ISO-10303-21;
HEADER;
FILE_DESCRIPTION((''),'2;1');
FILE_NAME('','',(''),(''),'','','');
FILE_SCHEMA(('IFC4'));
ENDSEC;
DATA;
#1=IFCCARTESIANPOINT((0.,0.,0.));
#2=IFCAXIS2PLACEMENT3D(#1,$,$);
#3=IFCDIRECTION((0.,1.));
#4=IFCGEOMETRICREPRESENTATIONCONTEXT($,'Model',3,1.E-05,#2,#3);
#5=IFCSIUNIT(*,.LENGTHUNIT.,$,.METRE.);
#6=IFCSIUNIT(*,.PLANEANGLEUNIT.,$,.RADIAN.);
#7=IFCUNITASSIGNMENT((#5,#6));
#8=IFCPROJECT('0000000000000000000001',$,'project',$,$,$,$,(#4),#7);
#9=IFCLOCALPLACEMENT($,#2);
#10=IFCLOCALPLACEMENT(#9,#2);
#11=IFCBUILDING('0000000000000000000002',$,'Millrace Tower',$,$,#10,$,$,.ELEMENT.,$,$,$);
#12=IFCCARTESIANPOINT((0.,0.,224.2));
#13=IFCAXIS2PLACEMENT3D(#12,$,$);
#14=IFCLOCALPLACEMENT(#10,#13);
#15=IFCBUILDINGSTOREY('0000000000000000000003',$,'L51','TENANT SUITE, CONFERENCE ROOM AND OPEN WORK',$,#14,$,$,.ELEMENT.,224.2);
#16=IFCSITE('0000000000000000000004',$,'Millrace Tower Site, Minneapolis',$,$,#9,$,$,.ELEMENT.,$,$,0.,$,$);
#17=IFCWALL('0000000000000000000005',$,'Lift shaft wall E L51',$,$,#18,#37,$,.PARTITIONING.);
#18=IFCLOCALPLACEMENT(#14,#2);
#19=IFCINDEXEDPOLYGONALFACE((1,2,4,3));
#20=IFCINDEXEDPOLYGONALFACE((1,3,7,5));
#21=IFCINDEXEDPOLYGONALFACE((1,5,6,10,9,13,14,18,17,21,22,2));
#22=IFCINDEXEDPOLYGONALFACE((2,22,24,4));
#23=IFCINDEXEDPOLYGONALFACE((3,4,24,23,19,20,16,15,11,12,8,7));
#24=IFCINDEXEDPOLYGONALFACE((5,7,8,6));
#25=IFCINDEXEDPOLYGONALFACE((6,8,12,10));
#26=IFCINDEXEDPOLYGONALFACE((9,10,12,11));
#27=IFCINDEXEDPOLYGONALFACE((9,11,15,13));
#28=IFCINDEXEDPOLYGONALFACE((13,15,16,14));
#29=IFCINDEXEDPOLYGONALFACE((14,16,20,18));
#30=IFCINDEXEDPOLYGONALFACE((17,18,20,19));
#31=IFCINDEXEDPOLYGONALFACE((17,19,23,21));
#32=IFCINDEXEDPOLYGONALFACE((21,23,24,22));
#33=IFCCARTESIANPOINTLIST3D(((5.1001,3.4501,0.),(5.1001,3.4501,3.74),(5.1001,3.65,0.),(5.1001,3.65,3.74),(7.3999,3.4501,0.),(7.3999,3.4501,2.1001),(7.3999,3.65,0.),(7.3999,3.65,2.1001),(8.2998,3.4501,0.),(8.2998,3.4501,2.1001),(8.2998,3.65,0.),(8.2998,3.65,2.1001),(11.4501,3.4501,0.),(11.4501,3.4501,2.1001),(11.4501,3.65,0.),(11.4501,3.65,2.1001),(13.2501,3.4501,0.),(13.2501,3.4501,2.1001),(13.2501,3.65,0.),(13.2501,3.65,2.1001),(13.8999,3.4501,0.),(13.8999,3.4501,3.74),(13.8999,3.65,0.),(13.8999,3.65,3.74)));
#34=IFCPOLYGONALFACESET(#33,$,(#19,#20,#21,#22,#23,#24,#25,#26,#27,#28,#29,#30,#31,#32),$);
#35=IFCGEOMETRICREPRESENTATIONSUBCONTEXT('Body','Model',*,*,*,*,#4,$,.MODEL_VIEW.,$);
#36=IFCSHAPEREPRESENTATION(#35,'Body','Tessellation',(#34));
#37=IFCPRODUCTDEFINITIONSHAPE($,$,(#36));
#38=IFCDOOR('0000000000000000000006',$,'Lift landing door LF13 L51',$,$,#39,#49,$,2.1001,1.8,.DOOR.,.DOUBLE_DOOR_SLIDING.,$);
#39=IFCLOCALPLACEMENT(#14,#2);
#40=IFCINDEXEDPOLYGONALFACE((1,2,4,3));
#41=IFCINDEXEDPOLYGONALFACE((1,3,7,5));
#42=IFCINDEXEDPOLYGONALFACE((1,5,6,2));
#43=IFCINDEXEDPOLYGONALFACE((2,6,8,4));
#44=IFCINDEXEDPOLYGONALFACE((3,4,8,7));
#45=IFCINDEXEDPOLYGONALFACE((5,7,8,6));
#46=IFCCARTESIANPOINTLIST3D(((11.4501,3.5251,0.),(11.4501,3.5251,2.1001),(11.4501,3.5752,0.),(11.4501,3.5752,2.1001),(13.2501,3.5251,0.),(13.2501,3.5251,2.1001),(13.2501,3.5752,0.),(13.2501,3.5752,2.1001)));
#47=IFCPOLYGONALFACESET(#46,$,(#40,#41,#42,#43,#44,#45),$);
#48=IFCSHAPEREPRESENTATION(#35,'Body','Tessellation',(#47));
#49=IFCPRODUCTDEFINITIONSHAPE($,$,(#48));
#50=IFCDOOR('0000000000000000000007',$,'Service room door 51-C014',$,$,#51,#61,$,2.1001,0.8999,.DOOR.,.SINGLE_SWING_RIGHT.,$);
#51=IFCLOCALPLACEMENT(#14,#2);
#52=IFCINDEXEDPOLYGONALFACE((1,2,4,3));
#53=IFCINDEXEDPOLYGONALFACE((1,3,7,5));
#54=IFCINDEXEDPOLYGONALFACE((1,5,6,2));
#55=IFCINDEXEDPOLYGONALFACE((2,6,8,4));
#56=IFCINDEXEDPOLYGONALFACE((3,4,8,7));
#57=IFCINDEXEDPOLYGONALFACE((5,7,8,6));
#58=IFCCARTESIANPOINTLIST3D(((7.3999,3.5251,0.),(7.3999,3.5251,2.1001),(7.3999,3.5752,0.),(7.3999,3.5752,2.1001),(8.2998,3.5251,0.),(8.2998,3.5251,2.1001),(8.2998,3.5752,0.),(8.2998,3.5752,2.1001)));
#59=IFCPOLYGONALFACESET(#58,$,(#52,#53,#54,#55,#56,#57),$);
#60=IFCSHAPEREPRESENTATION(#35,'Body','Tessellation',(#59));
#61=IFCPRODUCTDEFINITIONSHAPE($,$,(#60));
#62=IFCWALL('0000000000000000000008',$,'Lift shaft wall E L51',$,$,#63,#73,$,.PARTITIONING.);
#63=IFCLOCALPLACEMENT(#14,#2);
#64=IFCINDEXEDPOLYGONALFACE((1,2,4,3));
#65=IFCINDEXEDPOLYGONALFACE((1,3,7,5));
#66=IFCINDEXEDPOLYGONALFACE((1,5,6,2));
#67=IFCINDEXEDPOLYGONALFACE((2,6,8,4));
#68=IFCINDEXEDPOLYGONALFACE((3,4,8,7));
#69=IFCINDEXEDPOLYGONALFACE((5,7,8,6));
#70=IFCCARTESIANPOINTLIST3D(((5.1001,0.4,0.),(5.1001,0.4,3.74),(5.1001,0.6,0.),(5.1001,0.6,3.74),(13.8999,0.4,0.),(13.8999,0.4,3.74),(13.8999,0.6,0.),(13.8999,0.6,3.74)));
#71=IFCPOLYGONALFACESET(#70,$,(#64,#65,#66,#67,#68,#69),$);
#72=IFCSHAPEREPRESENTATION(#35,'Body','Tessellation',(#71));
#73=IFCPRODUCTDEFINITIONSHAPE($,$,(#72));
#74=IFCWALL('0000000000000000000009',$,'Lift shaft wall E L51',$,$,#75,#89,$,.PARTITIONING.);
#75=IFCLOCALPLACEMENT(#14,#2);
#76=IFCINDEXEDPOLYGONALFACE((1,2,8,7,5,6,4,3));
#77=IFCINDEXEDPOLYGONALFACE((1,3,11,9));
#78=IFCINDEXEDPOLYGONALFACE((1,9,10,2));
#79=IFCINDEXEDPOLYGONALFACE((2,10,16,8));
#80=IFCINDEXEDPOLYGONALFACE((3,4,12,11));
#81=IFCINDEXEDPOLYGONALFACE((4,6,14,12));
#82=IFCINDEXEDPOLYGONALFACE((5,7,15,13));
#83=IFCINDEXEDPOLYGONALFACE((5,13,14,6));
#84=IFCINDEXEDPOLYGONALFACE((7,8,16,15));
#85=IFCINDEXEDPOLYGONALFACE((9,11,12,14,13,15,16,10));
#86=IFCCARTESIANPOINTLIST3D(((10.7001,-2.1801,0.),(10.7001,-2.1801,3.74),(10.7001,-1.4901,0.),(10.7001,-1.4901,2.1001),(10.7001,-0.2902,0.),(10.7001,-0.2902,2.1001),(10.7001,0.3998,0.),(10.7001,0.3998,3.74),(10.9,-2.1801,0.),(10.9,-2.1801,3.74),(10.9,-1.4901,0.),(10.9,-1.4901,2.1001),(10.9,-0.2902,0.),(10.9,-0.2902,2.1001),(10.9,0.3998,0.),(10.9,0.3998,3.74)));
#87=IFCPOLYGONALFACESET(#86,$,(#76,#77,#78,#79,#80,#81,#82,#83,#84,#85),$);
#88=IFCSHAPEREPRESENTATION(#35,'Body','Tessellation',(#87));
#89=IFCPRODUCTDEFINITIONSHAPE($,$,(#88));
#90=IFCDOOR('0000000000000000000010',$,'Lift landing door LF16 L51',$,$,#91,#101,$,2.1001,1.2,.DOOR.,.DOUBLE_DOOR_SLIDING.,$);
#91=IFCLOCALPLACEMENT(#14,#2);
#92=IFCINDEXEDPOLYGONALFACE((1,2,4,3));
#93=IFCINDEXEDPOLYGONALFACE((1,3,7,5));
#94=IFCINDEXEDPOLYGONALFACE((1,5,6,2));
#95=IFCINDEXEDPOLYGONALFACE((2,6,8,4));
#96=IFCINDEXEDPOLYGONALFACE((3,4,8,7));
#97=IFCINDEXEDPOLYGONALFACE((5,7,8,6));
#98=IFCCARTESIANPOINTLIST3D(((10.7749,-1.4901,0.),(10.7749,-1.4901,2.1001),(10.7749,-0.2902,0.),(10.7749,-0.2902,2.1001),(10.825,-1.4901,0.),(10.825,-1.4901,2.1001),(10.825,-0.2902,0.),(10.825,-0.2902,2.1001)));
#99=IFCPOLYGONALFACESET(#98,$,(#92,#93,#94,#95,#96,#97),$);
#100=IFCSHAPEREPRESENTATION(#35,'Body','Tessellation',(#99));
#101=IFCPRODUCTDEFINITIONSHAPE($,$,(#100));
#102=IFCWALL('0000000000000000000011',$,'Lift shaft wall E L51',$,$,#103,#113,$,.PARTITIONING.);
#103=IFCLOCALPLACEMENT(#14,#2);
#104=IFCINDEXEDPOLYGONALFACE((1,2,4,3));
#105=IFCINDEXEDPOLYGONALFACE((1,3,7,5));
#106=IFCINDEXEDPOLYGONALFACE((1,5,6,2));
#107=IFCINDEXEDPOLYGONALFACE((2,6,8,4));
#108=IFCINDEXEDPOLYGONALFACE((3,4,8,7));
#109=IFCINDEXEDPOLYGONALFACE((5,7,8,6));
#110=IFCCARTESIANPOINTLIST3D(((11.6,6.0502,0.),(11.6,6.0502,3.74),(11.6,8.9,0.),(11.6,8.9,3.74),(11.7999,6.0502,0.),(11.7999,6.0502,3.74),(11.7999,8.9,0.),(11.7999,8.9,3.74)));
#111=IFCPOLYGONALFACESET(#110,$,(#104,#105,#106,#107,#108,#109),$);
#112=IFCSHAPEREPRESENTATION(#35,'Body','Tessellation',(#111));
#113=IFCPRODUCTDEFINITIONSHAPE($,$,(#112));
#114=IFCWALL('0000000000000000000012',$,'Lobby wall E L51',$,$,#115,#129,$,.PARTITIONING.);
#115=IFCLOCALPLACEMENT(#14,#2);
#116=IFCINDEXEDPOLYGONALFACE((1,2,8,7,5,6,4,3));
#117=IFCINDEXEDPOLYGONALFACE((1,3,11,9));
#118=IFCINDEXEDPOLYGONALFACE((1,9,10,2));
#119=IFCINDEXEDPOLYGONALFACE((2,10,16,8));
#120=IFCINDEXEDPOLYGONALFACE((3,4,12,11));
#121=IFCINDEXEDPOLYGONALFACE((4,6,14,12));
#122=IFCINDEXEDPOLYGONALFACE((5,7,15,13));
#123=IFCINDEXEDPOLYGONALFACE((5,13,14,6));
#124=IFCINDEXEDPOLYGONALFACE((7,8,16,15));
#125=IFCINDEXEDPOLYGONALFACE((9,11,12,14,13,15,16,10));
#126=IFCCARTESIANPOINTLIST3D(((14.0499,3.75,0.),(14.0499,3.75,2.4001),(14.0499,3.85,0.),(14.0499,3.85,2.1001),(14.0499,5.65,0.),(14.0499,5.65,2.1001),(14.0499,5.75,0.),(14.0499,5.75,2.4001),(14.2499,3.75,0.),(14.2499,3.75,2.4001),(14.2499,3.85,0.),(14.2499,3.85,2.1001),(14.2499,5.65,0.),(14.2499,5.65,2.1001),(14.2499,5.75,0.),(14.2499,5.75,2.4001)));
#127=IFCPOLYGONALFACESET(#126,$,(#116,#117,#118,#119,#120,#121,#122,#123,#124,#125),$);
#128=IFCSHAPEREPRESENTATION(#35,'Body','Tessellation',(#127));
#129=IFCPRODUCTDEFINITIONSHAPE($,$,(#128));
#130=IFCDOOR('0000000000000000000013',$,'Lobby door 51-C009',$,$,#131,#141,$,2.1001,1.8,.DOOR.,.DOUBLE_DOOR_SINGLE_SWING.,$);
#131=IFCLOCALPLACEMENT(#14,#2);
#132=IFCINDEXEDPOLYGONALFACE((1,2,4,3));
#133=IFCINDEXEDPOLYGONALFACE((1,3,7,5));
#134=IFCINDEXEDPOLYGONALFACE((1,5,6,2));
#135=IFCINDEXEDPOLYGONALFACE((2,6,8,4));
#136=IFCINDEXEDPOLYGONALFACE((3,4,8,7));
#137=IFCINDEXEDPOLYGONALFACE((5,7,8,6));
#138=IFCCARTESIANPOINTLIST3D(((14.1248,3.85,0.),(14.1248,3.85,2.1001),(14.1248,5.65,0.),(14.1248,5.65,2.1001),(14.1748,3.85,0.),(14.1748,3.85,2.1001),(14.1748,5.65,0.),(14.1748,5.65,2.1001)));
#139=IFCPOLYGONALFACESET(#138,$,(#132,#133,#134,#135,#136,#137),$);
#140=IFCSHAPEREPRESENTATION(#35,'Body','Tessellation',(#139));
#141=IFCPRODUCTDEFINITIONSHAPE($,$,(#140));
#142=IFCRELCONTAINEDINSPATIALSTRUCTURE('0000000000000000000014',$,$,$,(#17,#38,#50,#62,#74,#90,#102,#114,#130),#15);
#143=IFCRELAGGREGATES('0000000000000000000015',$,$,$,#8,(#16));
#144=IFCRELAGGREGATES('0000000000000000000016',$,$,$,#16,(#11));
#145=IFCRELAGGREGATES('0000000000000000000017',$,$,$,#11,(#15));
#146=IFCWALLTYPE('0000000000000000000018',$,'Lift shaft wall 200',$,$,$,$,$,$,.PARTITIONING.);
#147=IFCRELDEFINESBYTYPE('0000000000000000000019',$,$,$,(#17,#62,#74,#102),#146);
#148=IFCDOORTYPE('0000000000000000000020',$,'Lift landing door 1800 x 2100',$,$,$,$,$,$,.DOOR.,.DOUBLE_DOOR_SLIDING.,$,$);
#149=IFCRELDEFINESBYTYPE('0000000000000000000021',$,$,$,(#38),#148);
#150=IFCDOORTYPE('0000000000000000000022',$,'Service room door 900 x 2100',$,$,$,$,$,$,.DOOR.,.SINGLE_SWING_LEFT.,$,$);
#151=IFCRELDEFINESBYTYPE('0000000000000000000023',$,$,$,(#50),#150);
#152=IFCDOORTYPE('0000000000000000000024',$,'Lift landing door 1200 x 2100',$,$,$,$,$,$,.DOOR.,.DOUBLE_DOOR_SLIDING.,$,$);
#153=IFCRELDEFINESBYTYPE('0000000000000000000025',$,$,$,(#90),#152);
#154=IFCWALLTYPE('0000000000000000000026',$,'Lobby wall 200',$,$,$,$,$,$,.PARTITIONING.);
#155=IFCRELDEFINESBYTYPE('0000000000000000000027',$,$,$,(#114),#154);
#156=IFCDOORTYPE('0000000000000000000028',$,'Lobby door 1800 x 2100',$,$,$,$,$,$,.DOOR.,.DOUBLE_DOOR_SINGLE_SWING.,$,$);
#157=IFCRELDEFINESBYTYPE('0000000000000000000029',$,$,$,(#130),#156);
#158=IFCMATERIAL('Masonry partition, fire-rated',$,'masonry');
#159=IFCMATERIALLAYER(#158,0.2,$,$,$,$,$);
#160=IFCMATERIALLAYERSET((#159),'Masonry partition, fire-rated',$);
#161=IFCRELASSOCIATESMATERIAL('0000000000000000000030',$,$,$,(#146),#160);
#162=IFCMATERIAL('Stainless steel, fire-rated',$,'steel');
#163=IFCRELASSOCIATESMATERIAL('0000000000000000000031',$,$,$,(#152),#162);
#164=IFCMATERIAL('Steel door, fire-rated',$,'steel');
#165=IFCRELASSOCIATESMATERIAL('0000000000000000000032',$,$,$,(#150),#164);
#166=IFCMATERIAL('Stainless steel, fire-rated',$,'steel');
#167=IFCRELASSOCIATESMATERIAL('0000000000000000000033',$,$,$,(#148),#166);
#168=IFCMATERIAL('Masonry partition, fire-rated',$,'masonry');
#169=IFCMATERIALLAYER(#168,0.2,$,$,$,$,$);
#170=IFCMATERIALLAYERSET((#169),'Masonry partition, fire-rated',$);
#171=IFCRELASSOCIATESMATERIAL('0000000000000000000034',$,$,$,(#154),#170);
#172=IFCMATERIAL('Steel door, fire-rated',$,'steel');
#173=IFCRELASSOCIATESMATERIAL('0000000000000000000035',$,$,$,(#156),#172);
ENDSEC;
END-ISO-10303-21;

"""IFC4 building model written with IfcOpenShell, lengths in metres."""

from ifc_helpers import new_model, si_unit, direction, frame, frame_2d, origin, place, context, subcontext, project, spatial, rectangle, extrude, material, layer, layer_set, type_object, element, fill, save


model = new_model("IFC4")

# Units and contexts
model_context = context("Model", 3, precision=1e-05, world=origin(), true_north=direction((0.0, 1.0)))
body_context = subcontext(model_context, "Body", "Model", "MODEL_VIEW")
ifc_project = project(units=[si_unit("LENGTHUNIT", "METRE"), si_unit("PLANEANGLEUNIT", "RADIAN")], contexts=[model_context])

# Site, building, storey
site_placement = place(None, origin())
site = spatial("IfcSite", under=ifc_project, at=site_placement, Name="Millrace Tower Site, Minneapolis", CompositionType="ELEMENT", RefElevation=0.0)
building_placement = place(site_placement, origin())
building = spatial("IfcBuilding", under=site, at=building_placement, Name="Millrace Tower", CompositionType="ELEMENT")
storey_placement = place(building_placement, frame((0.0, 0.0, 224.2)))
storey = spatial("IfcBuildingStorey", under=building, at=storey_placement, Name="L51", Description="TENANT SUITE, CONFERENCE ROOM AND OPEN WORK", CompositionType="ELEMENT", Elevation=224.2)

# Wall, openings, doors
ifc_material_1 = material(Name="Masonry partition, fire-rated", Category="masonry")
ifc_layer_1 = layer(ifc_material_1, 0.2)
ifc_layer_set_1 = layer_set([ifc_layer_1], Name="Masonry partition, fire-rated")
wall_type_1 = type_object("IfcWallType", Name="Lift shaft wall 200", PredefinedType="PARTITIONING", material=ifc_layer_set_1)
ifc_material_2 = material(Name="Stainless steel, fire-rated", Category="steel")
door_type_1 = type_object("IfcDoorType", Name="Lift landing door 1200 x 2100", OperationType="DOUBLE_DOOR_SLIDING", PredefinedType="DOOR", material=ifc_material_2)
ifc_material_3 = material(Name="Steel door, fire-rated", Category="steel")
door_type_2 = type_object("IfcDoorType", Name="Service room door 900 x 2100", OperationType="SINGLE_SWING_LEFT", PredefinedType="DOOR", material=ifc_material_3)
wall_1_placement = place(storey_placement, frame((13.8999, 3.55, 0.0), z_axis=(0.0, 0.0, 1.0), x_axis=(-1.0, 0.0, 0.0)))
wall_1 = element("IfcWall", 1, at=wall_1_placement, inside=storey, type_object=wall_type_1, Name="Lift shaft wall E L51", PredefinedType="PARTITIONING", context=body_context, shape_type="SweptSolid", body=[
    extrude(rectangle(XDim=8.7998, YDim=0.2, at=frame_2d((4.3999, 0.0))), origin(), (0.0, 0.0, 1.0), 3.74),
])
opening_1_placement = place(wall_1_placement, frame((0.6499, 0.0, 0.0)))
opening_1 = element("IfcOpeningElement", 2, at=opening_1_placement, cuts=wall_1, PredefinedType="OPENING", context=body_context, shape_type="SweptSolid", body=[
    extrude(rectangle(XDim=1.8, YDim=2.1001, at=frame_2d((0.8999, 1.05))), frame((0.0, 0.1099, 0.0), z_axis=(0.0, -1.0, 0.0), x_axis=(1.0, 0.0, 0.0)), (0.0, 0.0, 1.0), 0.22),
])
opening_2_placement = place(wall_1_placement, frame((5.6001, 0.0, 0.0)))
opening_2 = element("IfcOpeningElement", 3, at=opening_2_placement, cuts=wall_1, PredefinedType="OPENING", context=body_context, shape_type="SweptSolid", body=[
    extrude(rectangle(XDim=0.8999, YDim=2.1001, at=frame_2d((0.45, 1.05))), frame((0.0, 0.1099, 0.0), z_axis=(0.0, -1.0, 0.0), x_axis=(1.0, 0.0, 0.0)), (0.0, 0.0, 1.0), 0.22),
])
ifc_material_4 = material(Name="Stainless steel, fire-rated", Category="steel")
door_type_3 = type_object("IfcDoorType", Name="Lift landing door 1800 x 2100", OperationType="DOUBLE_DOOR_SLIDING", PredefinedType="DOOR", material=ifc_material_4)
door_1_placement = place(opening_1_placement, origin())
door_1 = element("IfcDoor", 4, at=door_1_placement, inside=storey, type_object=door_type_3, Name="Lift landing door LF13 L51", OperationType="DOUBLE_DOOR_SLIDING", OverallHeight=2.1001, OverallWidth=1.8, PredefinedType="DOOR", context=body_context, shape_type="SweptSolid", body=[
    extrude(rectangle(XDim=1.8, YDim=2.1001, at=frame_2d((0.8999, 1.05))), frame((0.0, 0.0249, 0.0), z_axis=(0.0, -1.0, 0.0), x_axis=(1.0, 0.0, 0.0)), (0.0, 0.0, 1.0), 0.05),
])
fill(opening_1, door_1)
door_2_placement = place(opening_2_placement, origin())
door_2 = element("IfcDoor", 5, at=door_2_placement, inside=storey, type_object=door_type_2, Name="Service room door 51-C014", OperationType="SINGLE_SWING_RIGHT", OverallHeight=2.1001, OverallWidth=0.8999, PredefinedType="DOOR", context=body_context, shape_type="SweptSolid", body=[
    extrude(rectangle(XDim=0.8999, YDim=2.1001, at=frame_2d((0.45, 1.05))), frame((0.0, 0.0249, 0.0), z_axis=(0.0, -1.0, 0.0), x_axis=(1.0, 0.0, 0.0)), (0.0, 0.0, 1.0), 0.05),
])
fill(opening_2, door_2)

# Wall
wall_2_placement = place(storey_placement, frame((13.8999, 0.5, 0.0), z_axis=(0.0, 0.0, 1.0), x_axis=(-1.0, 0.0, 0.0)))
element("IfcWall", 6, at=wall_2_placement, inside=storey, type_object=wall_type_1, Name="Lift shaft wall E L51", PredefinedType="PARTITIONING", context=body_context, shape_type="SweptSolid", body=[
    extrude(rectangle(XDim=8.7998, YDim=0.2, at=frame_2d((4.3999, 0.0))), origin(), (0.0, 0.0, 1.0), 3.74),
])

# Wall, opening, door
wall_3_placement = place(storey_placement, frame((10.8, 0.3999, 0.0), z_axis=(0.0, 0.0, 1.0), x_axis=(0.0, -1.0, 0.0)))
wall_3 = element("IfcWall", 7, at=wall_3_placement, inside=storey, type_object=wall_type_1, Name="Lift shaft wall E L51", PredefinedType="PARTITIONING", context=body_context, shape_type="SweptSolid", body=[
    extrude(rectangle(XDim=2.5798, YDim=0.2, at=frame_2d((1.29, 0.0))), origin(), (0.0, 0.0, 1.0), 3.74),
])
opening_3_placement = place(wall_3_placement, frame((0.6899, 0.0, 0.0)))
opening_3 = element("IfcOpeningElement", 8, at=opening_3_placement, cuts=wall_3, PredefinedType="OPENING", context=body_context, shape_type="SweptSolid", body=[
    extrude(rectangle(XDim=1.2, YDim=2.1001, at=frame_2d((0.6001, 1.05))), frame((0.0, 0.1099, 0.0), z_axis=(0.0, -1.0, 0.0), x_axis=(1.0, 0.0, 0.0)), (0.0, 0.0, 1.0), 0.22),
])
door_3_placement = place(opening_3_placement, origin())
door_3 = element("IfcDoor", 9, at=door_3_placement, inside=storey, type_object=door_type_1, Name="Lift landing door LF16 L51", OperationType="DOUBLE_DOOR_SLIDING", OverallHeight=2.1001, OverallWidth=1.2, PredefinedType="DOOR", context=body_context, shape_type="SweptSolid", body=[
    extrude(rectangle(XDim=1.2, YDim=2.1001, at=frame_2d((0.6001, 1.05))), frame((0.0, 0.0249, 0.0), z_axis=(0.0, -1.0, 0.0), x_axis=(1.0, 0.0, 0.0)), (0.0, 0.0, 1.0), 0.05),
])
fill(opening_3, door_3)

# Wall
wall_4_placement = place(storey_placement, frame((11.7, 8.8999, 0.0), z_axis=(0.0, 0.0, 1.0), x_axis=(0.0, -1.0, 0.0)))
element("IfcWall", 10, at=wall_4_placement, inside=storey, type_object=wall_type_1, Name="Lift shaft wall E L51", PredefinedType="PARTITIONING", context=body_context, shape_type="SweptSolid", body=[
    extrude(rectangle(XDim=2.8499, YDim=0.2, at=frame_2d((1.4248, 0.0))), origin(), (0.0, 0.0, 1.0), 3.74),
])

# Wall, opening, door
ifc_material_5 = material(Name="Masonry partition, fire-rated", Category="masonry")
ifc_layer_2 = layer(ifc_material_5, 0.2)
ifc_layer_set_2 = layer_set([ifc_layer_2], Name="Masonry partition, fire-rated")
wall_type_2 = type_object("IfcWallType", Name="Lobby wall 200", PredefinedType="PARTITIONING", material=ifc_layer_set_2)
wall_5_placement = place(storey_placement, frame((14.1499, 5.75, 0.0), z_axis=(0.0, 0.0, 1.0), x_axis=(0.0, -1.0, 0.0)))
wall_5 = element("IfcWall", 11, at=wall_5_placement, inside=storey, type_object=wall_type_2, Name="Lobby wall E L51", PredefinedType="PARTITIONING", context=body_context, shape_type="SweptSolid", body=[
    extrude(rectangle(XDim=2.0, YDim=0.2, at=frame_2d((1.0, 0.0))), origin(), (0.0, 0.0, 1.0), 2.4001),
])
opening_4_placement = place(wall_5_placement, frame((0.1001, 0.0, 0.0)))
opening_4 = element("IfcOpeningElement", 12, at=opening_4_placement, cuts=wall_5, PredefinedType="OPENING", context=body_context, shape_type="SweptSolid", body=[
    extrude(rectangle(XDim=1.8, YDim=2.1001, at=frame_2d((0.8999, 1.05))), frame((0.0, 0.1099, 0.0), z_axis=(0.0, -1.0, 0.0), x_axis=(1.0, 0.0, 0.0)), (0.0, 0.0, 1.0), 0.22),
])
ifc_material_6 = material(Name="Steel door, fire-rated", Category="steel")
door_type_4 = type_object("IfcDoorType", Name="Lobby door 1800 x 2100", OperationType="DOUBLE_DOOR_SINGLE_SWING", PredefinedType="DOOR", material=ifc_material_6)
door_4_placement = place(opening_4_placement, origin())
door_4 = element("IfcDoor", 13, at=door_4_placement, inside=storey, type_object=door_type_4, Name="Lobby door 51-C009", OperationType="DOUBLE_DOOR_SINGLE_SWING", OverallHeight=2.1001, OverallWidth=1.8, PredefinedType="DOOR", context=body_context, shape_type="SweptSolid", body=[
    extrude(rectangle(XDim=1.8, YDim=2.1001, at=frame_2d((0.8999, 1.05))), frame((0.0, 0.0249, 0.0), z_axis=(0.0, -1.0, 0.0), x_axis=(1.0, 0.0, 0.0)), (0.0, 0.0, 1.0), 0.05),
])
fill(opening_4, door_4)

save(model, "model.ifc")
